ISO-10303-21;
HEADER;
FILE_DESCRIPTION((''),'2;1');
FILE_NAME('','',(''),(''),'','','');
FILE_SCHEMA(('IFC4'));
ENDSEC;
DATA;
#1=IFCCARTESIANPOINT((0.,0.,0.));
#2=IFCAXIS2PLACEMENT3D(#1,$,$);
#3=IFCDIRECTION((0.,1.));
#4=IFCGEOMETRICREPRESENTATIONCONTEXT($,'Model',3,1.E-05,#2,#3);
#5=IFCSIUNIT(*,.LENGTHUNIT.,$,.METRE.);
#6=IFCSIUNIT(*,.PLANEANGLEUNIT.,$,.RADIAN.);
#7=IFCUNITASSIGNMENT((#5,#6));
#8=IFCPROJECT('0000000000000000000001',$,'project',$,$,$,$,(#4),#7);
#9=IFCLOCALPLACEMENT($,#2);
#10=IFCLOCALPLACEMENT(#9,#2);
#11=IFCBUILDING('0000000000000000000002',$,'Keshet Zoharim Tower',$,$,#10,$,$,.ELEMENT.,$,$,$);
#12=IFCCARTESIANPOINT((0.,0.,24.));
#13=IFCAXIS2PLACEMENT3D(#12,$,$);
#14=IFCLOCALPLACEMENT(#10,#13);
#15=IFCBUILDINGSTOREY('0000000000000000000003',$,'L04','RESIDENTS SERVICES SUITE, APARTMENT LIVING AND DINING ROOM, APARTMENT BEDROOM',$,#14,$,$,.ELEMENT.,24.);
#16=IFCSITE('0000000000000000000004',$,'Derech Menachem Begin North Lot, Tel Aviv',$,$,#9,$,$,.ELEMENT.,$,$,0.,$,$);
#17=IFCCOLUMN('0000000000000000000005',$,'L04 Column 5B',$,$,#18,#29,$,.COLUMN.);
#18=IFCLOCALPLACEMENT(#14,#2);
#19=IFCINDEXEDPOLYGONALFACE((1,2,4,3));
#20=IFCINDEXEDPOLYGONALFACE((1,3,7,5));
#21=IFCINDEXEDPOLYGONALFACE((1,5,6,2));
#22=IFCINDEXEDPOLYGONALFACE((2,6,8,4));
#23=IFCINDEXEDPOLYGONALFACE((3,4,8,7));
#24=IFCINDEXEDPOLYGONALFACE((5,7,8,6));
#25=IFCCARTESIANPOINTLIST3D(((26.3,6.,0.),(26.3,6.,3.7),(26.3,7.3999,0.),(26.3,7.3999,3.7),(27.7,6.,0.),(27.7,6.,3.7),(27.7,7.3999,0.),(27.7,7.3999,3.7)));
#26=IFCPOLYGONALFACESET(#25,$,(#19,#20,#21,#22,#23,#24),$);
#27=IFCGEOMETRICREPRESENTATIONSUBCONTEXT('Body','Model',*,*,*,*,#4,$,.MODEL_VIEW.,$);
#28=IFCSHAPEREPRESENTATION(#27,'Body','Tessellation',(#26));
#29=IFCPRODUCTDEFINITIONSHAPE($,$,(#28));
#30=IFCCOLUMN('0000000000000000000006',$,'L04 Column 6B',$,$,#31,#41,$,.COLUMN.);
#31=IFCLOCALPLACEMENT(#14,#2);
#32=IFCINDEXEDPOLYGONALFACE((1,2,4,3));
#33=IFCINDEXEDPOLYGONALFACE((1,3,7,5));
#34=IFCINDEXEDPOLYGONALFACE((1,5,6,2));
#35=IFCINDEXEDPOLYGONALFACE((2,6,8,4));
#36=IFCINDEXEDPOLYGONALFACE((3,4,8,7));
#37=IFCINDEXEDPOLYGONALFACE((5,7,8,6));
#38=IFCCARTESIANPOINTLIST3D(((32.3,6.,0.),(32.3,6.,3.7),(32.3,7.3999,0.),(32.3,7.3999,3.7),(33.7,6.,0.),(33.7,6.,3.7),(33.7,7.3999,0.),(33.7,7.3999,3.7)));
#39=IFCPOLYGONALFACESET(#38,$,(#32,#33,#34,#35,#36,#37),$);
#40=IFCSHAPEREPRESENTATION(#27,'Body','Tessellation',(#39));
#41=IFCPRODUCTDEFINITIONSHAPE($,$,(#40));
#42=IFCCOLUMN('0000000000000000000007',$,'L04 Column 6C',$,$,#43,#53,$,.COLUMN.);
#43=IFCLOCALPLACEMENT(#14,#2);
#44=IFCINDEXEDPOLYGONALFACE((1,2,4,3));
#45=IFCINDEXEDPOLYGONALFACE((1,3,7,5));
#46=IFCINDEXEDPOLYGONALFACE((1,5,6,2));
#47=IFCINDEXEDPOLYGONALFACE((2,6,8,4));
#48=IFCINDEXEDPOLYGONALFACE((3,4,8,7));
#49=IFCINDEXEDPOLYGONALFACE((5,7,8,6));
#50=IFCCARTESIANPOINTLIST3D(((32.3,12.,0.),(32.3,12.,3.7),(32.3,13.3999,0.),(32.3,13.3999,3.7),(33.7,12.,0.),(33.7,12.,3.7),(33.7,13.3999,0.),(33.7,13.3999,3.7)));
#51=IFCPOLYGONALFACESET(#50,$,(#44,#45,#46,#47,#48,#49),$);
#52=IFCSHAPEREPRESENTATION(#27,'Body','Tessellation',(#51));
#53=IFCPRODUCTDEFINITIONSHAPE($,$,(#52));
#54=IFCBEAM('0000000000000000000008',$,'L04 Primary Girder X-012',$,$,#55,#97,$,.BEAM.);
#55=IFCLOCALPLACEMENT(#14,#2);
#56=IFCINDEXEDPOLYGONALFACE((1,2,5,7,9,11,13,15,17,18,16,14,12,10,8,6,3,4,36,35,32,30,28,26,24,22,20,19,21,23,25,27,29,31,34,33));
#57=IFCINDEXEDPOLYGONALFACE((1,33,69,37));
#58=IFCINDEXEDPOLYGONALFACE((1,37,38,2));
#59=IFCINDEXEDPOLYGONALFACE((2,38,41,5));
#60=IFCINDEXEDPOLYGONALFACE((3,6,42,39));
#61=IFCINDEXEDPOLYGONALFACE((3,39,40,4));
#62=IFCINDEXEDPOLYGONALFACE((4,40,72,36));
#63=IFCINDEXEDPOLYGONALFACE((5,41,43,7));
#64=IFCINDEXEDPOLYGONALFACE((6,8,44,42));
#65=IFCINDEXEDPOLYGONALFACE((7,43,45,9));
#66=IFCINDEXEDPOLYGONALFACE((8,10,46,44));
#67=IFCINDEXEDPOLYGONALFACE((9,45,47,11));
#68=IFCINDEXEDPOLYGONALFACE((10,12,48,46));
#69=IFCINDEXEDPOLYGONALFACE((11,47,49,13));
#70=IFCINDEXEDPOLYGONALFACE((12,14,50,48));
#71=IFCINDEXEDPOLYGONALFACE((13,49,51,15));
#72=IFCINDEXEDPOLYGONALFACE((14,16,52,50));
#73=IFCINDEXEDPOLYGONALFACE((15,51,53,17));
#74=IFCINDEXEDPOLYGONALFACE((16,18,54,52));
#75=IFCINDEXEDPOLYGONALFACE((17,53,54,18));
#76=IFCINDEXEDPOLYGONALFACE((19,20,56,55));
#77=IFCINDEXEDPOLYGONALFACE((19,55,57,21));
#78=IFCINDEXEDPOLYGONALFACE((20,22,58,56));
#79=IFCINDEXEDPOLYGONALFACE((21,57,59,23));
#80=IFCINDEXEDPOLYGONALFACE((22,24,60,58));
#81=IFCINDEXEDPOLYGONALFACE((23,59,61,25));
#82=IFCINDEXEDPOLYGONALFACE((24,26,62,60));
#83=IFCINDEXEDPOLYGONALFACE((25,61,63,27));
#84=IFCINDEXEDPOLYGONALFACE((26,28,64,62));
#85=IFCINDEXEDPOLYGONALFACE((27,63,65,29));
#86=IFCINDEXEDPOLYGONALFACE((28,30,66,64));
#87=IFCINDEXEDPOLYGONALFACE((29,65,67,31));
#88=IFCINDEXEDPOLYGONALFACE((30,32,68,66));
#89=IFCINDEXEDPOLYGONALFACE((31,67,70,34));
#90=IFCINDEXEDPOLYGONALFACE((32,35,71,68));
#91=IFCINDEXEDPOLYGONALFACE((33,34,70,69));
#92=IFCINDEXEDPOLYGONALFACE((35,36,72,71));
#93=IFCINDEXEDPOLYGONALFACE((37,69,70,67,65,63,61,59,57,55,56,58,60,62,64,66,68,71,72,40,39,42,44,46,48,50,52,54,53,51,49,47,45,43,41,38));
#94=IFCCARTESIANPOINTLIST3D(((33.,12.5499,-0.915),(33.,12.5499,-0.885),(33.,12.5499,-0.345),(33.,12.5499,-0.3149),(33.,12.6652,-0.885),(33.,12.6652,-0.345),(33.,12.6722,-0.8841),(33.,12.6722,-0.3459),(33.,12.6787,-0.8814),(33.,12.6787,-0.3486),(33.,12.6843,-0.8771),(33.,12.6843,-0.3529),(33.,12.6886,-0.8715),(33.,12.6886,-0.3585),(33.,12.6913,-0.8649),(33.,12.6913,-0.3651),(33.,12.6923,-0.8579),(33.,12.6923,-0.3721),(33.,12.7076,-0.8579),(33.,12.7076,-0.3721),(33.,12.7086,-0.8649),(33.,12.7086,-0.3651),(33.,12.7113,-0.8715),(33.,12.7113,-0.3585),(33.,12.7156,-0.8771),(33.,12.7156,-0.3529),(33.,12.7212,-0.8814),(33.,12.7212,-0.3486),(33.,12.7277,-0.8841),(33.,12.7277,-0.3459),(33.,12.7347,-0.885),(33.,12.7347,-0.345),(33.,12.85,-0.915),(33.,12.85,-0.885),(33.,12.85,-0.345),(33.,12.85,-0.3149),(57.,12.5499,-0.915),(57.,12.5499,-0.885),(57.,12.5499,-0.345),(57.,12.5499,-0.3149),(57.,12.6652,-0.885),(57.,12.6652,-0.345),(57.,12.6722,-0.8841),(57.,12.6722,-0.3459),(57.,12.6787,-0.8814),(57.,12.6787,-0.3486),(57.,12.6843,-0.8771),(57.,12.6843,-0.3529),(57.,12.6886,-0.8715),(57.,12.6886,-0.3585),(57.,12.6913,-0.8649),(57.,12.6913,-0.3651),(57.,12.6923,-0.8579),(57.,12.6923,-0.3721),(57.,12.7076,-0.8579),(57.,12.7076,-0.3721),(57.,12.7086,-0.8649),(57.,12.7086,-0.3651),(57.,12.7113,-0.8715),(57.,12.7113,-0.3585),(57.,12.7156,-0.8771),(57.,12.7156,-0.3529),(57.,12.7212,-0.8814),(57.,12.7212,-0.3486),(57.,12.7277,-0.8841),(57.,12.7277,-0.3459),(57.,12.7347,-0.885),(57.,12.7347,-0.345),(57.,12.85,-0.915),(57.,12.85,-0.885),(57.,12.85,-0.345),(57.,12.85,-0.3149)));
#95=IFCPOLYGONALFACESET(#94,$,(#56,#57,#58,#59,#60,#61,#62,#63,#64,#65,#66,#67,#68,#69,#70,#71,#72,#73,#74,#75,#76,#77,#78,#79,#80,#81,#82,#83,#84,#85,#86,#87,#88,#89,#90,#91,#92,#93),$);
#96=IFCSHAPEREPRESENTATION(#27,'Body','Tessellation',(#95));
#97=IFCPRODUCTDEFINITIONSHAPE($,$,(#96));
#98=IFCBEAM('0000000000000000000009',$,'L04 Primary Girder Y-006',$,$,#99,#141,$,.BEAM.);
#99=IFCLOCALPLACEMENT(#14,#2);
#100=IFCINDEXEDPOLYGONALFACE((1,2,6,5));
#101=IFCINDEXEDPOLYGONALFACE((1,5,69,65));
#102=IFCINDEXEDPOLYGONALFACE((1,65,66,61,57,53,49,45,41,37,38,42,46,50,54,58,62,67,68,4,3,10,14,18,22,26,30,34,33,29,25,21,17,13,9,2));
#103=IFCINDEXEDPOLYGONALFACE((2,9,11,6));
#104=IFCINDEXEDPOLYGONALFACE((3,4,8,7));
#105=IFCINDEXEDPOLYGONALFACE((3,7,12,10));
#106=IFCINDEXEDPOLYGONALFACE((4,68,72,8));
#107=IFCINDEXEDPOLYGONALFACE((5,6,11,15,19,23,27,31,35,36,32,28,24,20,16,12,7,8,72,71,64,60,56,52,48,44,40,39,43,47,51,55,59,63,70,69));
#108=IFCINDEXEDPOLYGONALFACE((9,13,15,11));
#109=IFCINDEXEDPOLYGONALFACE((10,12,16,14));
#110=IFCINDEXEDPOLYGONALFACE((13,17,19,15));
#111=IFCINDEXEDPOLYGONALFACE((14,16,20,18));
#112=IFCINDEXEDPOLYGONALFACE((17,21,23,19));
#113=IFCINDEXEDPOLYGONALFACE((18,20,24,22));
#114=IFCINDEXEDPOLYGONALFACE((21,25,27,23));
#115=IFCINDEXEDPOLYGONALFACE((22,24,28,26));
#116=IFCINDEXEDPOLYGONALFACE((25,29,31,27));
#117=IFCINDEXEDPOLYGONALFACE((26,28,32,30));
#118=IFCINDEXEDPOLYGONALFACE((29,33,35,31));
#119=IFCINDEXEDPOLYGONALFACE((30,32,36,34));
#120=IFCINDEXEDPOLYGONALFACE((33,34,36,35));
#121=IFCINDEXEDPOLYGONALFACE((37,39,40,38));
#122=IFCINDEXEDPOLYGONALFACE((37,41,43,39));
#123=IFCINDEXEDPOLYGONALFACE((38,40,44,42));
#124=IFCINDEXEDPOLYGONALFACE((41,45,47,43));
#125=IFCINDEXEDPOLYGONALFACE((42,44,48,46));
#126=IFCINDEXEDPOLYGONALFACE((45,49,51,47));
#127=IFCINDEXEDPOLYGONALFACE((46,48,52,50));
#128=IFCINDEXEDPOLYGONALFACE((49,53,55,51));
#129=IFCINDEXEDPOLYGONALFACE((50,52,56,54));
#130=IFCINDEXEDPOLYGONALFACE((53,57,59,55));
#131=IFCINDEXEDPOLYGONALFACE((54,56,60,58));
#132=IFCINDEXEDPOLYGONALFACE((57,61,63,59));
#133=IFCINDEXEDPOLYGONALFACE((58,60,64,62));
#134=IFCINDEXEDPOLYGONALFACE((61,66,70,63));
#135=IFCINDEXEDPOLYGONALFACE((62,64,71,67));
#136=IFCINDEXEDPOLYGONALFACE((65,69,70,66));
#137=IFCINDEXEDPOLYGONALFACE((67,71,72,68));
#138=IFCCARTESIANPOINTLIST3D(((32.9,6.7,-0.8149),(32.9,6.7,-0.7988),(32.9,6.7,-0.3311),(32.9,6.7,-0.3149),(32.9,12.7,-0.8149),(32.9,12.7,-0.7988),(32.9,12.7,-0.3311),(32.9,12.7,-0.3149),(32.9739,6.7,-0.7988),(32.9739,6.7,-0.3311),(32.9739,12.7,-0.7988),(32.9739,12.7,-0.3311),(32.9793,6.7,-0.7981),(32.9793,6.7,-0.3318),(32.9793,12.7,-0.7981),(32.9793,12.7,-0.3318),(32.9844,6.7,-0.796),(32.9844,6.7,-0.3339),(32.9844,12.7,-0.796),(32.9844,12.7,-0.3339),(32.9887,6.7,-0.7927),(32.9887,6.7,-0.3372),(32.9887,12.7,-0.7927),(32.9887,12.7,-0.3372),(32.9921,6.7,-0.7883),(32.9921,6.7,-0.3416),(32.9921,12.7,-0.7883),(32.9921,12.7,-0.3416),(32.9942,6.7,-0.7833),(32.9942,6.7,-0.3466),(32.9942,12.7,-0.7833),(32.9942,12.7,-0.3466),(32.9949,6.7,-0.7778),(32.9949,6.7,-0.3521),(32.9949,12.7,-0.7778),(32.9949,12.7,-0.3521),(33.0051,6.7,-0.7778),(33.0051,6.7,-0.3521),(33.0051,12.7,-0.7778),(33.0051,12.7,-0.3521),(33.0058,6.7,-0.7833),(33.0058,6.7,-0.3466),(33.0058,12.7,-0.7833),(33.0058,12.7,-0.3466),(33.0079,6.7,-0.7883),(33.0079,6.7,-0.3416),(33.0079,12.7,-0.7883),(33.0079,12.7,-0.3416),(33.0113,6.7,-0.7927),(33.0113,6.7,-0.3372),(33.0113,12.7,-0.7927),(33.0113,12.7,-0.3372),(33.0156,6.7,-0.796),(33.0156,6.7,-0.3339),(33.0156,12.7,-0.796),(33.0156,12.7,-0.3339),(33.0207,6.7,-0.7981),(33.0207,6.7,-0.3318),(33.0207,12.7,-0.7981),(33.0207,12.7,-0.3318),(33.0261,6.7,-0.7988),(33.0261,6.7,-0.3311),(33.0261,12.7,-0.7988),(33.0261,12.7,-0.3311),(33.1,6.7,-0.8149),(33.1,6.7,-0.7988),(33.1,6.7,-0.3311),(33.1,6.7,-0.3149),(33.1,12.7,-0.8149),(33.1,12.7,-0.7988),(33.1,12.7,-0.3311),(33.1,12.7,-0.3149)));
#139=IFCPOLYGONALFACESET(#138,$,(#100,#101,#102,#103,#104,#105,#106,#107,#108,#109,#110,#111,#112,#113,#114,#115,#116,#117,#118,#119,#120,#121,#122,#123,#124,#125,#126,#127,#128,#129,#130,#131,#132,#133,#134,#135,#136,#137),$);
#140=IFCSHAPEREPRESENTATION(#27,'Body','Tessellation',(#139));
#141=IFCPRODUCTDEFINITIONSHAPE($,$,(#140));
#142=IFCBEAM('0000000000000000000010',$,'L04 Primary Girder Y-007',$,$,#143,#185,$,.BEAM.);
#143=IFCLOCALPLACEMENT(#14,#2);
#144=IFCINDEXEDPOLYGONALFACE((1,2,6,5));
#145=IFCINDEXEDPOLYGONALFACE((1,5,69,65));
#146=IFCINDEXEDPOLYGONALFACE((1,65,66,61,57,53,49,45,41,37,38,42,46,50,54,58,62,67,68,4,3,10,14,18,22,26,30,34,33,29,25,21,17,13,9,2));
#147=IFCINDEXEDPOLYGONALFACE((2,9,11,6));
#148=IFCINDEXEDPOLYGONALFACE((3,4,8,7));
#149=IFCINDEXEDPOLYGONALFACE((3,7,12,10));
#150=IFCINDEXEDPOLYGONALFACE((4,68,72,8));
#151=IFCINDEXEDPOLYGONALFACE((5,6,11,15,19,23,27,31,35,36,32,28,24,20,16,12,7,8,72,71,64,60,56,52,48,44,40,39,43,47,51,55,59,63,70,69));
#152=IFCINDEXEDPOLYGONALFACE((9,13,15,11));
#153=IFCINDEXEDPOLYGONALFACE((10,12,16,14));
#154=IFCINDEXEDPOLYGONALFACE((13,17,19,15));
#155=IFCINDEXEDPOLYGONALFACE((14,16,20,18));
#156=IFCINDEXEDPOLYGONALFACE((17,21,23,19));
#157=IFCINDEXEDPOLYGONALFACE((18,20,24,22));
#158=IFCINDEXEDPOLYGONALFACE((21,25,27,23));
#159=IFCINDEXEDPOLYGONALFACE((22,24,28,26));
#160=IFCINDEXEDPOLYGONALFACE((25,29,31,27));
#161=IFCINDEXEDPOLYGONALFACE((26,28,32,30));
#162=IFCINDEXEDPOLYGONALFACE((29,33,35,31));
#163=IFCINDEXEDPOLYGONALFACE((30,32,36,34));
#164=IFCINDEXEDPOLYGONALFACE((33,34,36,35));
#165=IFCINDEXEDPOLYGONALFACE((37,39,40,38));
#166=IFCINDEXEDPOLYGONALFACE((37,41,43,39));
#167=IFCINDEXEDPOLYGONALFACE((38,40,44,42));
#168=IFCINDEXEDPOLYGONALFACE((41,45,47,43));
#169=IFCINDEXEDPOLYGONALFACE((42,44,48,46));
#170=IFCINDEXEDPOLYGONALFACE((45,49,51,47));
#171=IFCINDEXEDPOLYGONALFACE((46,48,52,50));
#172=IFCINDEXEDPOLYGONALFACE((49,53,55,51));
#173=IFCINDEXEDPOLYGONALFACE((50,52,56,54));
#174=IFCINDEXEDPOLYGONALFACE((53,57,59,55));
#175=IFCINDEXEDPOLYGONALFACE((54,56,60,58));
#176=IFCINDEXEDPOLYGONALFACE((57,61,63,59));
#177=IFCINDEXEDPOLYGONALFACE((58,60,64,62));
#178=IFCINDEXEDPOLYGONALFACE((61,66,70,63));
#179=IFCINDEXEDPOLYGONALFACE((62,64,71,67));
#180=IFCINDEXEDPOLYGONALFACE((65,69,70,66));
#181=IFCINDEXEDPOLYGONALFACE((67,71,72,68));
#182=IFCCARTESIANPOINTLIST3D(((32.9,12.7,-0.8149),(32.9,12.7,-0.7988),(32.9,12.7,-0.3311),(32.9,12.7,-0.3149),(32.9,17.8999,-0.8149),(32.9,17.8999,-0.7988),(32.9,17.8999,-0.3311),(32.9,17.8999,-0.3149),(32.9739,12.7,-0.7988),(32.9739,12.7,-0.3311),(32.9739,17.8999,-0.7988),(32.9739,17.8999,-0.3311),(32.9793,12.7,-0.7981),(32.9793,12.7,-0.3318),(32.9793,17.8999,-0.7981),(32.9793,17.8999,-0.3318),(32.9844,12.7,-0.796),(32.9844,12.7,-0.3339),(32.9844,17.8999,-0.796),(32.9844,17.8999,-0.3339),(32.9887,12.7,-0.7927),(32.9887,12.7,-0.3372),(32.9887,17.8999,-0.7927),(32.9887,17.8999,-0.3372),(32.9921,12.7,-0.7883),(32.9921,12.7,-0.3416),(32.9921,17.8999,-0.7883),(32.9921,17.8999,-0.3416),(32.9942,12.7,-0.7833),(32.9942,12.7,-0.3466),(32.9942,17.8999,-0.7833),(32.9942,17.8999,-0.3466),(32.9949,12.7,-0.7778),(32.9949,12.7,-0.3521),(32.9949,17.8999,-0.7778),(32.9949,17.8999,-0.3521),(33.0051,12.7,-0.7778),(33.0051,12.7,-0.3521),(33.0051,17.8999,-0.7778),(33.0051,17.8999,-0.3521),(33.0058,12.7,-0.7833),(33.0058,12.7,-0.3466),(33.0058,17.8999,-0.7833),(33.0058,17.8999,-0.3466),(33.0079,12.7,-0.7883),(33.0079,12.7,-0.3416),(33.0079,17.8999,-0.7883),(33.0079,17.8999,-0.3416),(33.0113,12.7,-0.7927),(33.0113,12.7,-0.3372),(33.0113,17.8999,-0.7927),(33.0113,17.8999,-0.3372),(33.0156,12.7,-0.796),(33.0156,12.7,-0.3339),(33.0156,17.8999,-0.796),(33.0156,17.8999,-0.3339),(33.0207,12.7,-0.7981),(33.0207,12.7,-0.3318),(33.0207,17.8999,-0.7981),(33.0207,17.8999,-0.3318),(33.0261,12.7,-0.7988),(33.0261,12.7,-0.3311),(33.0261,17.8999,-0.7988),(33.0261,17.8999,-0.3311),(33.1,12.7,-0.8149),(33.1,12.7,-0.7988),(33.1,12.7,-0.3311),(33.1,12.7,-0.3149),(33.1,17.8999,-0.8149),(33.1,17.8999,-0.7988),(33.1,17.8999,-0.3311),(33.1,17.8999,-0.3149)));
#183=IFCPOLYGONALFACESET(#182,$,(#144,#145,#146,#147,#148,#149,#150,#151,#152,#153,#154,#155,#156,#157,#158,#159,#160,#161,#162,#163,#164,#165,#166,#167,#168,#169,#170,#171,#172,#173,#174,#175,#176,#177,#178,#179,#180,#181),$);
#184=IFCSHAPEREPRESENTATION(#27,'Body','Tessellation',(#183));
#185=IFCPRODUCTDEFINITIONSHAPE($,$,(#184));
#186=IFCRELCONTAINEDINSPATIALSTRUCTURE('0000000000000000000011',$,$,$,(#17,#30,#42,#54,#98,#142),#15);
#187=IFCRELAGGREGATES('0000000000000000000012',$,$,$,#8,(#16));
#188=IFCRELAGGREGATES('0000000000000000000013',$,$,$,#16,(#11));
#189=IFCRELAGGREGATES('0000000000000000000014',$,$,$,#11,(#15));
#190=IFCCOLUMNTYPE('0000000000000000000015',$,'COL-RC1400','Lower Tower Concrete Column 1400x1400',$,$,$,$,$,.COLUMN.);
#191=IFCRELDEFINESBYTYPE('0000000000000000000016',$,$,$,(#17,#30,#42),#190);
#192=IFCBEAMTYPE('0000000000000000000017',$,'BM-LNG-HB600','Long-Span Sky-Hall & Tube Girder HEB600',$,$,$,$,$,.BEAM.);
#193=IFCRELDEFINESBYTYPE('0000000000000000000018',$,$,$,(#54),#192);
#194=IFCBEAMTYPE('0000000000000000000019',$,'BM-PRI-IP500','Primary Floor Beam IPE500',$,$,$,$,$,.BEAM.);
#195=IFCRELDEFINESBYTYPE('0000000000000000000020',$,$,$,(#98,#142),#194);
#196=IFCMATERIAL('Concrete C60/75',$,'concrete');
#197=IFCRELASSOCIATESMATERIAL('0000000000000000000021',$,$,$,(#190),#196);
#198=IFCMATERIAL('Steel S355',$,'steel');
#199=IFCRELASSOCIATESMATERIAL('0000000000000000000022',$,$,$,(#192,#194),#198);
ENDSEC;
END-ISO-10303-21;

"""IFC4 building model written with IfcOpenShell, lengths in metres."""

from ifc_helpers import new_model, si_unit, direction, frame, origin, origin_2d, place, context, subcontext, project, spatial, rectangle, i_section, extrude, material, material_profile, profile_set, type_object, element, save


model = new_model("IFC4")

# Units and contexts
model_context = context("Model", 3, precision=1e-05, world=origin(), true_north=direction((0.0, 1.0)))
body_context = subcontext(model_context, "Body", "Model", "MODEL_VIEW")
ifc_project = project(units=[si_unit("LENGTHUNIT", "METRE"), si_unit("PLANEANGLEUNIT", "RADIAN")], contexts=[model_context])

# Site, building, storey
site_placement = place(None, origin())
site = spatial("IfcSite", under=ifc_project, at=site_placement, Name="Derech Menachem Begin North Lot, Tel Aviv", CompositionType="ELEMENT", RefElevation=0.0)
building_placement = place(site_placement, origin())
building = spatial("IfcBuilding", under=site, at=building_placement, Name="Keshet Zoharim Tower", CompositionType="ELEMENT")
storey_placement = place(building_placement, frame((0.0, 0.0, 24.0)))
storey = spatial("IfcBuildingStorey", under=building, at=storey_placement, Name="L04", Description="RESIDENTS SERVICES SUITE, APARTMENT LIVING AND DINING ROOM, APARTMENT BEDROOM", CompositionType="ELEMENT", Elevation=24.0)

# Columns
ifc_material_1 = material(Name="Concrete C60/75", Category="concrete")
ifc_material_profile_1 = material_profile(ifc_material_1, rectangle(XDim=1.3999, YDim=1.3999, at=origin_2d()), Name="RC1400x1400")
ifc_profile_set_1 = profile_set([ifc_material_profile_1], Name="Concrete C60/75")
column_type = type_object("IfcColumnType", Name="COL-RC1400", Description="Lower Tower Concrete Column 1400x1400", PredefinedType="COLUMN", material=ifc_profile_set_1)
for number, where, z_axis, x_axis, name in (
    (1, (27.0, 6.7, 0.0), (0.0, 0.0, 1.0), (1.0, 0.0, 0.0), "L04 Column 5B"),
    (2, (33.0, 6.7, 0.0), (0.0, 0.0, 1.0), (1.0, 0.0, 0.0), "L04 Column 6B"),
    (3, (33.0, 12.7, 0.0), (0.0, 0.0, 1.0), (1.0, 0.0, 0.0), "L04 Column 6C"),
):
    element("IfcColumn", number, at=place(storey_placement, frame(where, z_axis=z_axis, x_axis=x_axis)), inside=storey, type_object=column_type, Name=name, PredefinedType="COLUMN", context=body_context, shape_type="SweptSolid", body=[
        extrude(rectangle(XDim=1.3999, YDim=1.3999, at=origin_2d()), origin(), (0.0, 0.0, 1.0), 3.7),
    ])

# Beams
ifc_material_2 = material(Name="Steel S355", Category="steel")
ifc_material_profile_2 = material_profile(ifc_material_2, i_section(OverallWidth=0.3, OverallDepth=0.6001, WebThickness=0.0154, FlangeThickness=0.03, FilletRadius=0.0271, at=origin_2d()), Name="HEB600")
ifc_profile_set_2 = profile_set([ifc_material_profile_2], Name="Steel S355")
beam_type_1 = type_object("IfcBeamType", Name="BM-LNG-HB600", Description="Long-Span Sky-Hall & Tube Girder HEB600", PredefinedType="BEAM", material=ifc_profile_set_2)
beam_1_placement = place(storey_placement, frame((33.0, 12.7, -0.615), z_axis=(1.0, 0.0, 0.0), x_axis=(0.0, 1.0, 0.0)))
element("IfcBeam", 4, at=beam_1_placement, inside=storey, type_object=beam_type_1, Name="L04 Primary Girder X-012", PredefinedType="BEAM", context=body_context, shape_type="SweptSolid", body=[
    extrude(i_section(OverallWidth=0.3, OverallDepth=0.6001, WebThickness=0.0154, FlangeThickness=0.03, FilletRadius=0.0271, at=origin_2d()), origin(), (0.0, 0.0, 1.0), 24.0),
])
ifc_material_profile_3 = material_profile(ifc_material_2, i_section(OverallWidth=0.2, OverallDepth=0.5, WebThickness=0.0103, FlangeThickness=0.0161, FilletRadius=0.021, at=origin_2d()), Name="IPE500")
ifc_profile_set_3 = profile_set([ifc_material_profile_3], Name="Steel S355")
beam_type_2 = type_object("IfcBeamType", Name="BM-PRI-IP500", Description="Primary Floor Beam IPE500", PredefinedType="BEAM", material=ifc_profile_set_3)
beam_2_placement = place(storey_placement, frame((33.0, 6.7, -0.5649), z_axis=(0.0, 1.0, 0.0), x_axis=(-1.0, 0.0, 0.0)))
element("IfcBeam", 5, at=beam_2_placement, inside=storey, type_object=beam_type_2, Name="L04 Primary Girder Y-006", PredefinedType="BEAM", context=body_context, shape_type="SweptSolid", body=[
    extrude(i_section(OverallWidth=0.2, OverallDepth=0.5, WebThickness=0.0103, FlangeThickness=0.0161, FilletRadius=0.021, at=origin_2d()), origin(), (0.0, 0.0, 1.0), 6.0),
])
beam_3_placement = place(storey_placement, frame((33.0, 12.7, -0.5649), z_axis=(0.0, 1.0, 0.0), x_axis=(-1.0, 0.0, 0.0)))
element("IfcBeam", 6, at=beam_3_placement, inside=storey, type_object=beam_type_2, Name="L04 Primary Girder Y-007", PredefinedType="BEAM", context=body_context, shape_type="SweptSolid", body=[
    extrude(i_section(OverallWidth=0.2, OverallDepth=0.5, WebThickness=0.0103, FlangeThickness=0.0161, FilletRadius=0.021, at=origin_2d()), origin(), (0.0, 0.0, 1.0), 5.2),
])

save(model, "model.ifc")
